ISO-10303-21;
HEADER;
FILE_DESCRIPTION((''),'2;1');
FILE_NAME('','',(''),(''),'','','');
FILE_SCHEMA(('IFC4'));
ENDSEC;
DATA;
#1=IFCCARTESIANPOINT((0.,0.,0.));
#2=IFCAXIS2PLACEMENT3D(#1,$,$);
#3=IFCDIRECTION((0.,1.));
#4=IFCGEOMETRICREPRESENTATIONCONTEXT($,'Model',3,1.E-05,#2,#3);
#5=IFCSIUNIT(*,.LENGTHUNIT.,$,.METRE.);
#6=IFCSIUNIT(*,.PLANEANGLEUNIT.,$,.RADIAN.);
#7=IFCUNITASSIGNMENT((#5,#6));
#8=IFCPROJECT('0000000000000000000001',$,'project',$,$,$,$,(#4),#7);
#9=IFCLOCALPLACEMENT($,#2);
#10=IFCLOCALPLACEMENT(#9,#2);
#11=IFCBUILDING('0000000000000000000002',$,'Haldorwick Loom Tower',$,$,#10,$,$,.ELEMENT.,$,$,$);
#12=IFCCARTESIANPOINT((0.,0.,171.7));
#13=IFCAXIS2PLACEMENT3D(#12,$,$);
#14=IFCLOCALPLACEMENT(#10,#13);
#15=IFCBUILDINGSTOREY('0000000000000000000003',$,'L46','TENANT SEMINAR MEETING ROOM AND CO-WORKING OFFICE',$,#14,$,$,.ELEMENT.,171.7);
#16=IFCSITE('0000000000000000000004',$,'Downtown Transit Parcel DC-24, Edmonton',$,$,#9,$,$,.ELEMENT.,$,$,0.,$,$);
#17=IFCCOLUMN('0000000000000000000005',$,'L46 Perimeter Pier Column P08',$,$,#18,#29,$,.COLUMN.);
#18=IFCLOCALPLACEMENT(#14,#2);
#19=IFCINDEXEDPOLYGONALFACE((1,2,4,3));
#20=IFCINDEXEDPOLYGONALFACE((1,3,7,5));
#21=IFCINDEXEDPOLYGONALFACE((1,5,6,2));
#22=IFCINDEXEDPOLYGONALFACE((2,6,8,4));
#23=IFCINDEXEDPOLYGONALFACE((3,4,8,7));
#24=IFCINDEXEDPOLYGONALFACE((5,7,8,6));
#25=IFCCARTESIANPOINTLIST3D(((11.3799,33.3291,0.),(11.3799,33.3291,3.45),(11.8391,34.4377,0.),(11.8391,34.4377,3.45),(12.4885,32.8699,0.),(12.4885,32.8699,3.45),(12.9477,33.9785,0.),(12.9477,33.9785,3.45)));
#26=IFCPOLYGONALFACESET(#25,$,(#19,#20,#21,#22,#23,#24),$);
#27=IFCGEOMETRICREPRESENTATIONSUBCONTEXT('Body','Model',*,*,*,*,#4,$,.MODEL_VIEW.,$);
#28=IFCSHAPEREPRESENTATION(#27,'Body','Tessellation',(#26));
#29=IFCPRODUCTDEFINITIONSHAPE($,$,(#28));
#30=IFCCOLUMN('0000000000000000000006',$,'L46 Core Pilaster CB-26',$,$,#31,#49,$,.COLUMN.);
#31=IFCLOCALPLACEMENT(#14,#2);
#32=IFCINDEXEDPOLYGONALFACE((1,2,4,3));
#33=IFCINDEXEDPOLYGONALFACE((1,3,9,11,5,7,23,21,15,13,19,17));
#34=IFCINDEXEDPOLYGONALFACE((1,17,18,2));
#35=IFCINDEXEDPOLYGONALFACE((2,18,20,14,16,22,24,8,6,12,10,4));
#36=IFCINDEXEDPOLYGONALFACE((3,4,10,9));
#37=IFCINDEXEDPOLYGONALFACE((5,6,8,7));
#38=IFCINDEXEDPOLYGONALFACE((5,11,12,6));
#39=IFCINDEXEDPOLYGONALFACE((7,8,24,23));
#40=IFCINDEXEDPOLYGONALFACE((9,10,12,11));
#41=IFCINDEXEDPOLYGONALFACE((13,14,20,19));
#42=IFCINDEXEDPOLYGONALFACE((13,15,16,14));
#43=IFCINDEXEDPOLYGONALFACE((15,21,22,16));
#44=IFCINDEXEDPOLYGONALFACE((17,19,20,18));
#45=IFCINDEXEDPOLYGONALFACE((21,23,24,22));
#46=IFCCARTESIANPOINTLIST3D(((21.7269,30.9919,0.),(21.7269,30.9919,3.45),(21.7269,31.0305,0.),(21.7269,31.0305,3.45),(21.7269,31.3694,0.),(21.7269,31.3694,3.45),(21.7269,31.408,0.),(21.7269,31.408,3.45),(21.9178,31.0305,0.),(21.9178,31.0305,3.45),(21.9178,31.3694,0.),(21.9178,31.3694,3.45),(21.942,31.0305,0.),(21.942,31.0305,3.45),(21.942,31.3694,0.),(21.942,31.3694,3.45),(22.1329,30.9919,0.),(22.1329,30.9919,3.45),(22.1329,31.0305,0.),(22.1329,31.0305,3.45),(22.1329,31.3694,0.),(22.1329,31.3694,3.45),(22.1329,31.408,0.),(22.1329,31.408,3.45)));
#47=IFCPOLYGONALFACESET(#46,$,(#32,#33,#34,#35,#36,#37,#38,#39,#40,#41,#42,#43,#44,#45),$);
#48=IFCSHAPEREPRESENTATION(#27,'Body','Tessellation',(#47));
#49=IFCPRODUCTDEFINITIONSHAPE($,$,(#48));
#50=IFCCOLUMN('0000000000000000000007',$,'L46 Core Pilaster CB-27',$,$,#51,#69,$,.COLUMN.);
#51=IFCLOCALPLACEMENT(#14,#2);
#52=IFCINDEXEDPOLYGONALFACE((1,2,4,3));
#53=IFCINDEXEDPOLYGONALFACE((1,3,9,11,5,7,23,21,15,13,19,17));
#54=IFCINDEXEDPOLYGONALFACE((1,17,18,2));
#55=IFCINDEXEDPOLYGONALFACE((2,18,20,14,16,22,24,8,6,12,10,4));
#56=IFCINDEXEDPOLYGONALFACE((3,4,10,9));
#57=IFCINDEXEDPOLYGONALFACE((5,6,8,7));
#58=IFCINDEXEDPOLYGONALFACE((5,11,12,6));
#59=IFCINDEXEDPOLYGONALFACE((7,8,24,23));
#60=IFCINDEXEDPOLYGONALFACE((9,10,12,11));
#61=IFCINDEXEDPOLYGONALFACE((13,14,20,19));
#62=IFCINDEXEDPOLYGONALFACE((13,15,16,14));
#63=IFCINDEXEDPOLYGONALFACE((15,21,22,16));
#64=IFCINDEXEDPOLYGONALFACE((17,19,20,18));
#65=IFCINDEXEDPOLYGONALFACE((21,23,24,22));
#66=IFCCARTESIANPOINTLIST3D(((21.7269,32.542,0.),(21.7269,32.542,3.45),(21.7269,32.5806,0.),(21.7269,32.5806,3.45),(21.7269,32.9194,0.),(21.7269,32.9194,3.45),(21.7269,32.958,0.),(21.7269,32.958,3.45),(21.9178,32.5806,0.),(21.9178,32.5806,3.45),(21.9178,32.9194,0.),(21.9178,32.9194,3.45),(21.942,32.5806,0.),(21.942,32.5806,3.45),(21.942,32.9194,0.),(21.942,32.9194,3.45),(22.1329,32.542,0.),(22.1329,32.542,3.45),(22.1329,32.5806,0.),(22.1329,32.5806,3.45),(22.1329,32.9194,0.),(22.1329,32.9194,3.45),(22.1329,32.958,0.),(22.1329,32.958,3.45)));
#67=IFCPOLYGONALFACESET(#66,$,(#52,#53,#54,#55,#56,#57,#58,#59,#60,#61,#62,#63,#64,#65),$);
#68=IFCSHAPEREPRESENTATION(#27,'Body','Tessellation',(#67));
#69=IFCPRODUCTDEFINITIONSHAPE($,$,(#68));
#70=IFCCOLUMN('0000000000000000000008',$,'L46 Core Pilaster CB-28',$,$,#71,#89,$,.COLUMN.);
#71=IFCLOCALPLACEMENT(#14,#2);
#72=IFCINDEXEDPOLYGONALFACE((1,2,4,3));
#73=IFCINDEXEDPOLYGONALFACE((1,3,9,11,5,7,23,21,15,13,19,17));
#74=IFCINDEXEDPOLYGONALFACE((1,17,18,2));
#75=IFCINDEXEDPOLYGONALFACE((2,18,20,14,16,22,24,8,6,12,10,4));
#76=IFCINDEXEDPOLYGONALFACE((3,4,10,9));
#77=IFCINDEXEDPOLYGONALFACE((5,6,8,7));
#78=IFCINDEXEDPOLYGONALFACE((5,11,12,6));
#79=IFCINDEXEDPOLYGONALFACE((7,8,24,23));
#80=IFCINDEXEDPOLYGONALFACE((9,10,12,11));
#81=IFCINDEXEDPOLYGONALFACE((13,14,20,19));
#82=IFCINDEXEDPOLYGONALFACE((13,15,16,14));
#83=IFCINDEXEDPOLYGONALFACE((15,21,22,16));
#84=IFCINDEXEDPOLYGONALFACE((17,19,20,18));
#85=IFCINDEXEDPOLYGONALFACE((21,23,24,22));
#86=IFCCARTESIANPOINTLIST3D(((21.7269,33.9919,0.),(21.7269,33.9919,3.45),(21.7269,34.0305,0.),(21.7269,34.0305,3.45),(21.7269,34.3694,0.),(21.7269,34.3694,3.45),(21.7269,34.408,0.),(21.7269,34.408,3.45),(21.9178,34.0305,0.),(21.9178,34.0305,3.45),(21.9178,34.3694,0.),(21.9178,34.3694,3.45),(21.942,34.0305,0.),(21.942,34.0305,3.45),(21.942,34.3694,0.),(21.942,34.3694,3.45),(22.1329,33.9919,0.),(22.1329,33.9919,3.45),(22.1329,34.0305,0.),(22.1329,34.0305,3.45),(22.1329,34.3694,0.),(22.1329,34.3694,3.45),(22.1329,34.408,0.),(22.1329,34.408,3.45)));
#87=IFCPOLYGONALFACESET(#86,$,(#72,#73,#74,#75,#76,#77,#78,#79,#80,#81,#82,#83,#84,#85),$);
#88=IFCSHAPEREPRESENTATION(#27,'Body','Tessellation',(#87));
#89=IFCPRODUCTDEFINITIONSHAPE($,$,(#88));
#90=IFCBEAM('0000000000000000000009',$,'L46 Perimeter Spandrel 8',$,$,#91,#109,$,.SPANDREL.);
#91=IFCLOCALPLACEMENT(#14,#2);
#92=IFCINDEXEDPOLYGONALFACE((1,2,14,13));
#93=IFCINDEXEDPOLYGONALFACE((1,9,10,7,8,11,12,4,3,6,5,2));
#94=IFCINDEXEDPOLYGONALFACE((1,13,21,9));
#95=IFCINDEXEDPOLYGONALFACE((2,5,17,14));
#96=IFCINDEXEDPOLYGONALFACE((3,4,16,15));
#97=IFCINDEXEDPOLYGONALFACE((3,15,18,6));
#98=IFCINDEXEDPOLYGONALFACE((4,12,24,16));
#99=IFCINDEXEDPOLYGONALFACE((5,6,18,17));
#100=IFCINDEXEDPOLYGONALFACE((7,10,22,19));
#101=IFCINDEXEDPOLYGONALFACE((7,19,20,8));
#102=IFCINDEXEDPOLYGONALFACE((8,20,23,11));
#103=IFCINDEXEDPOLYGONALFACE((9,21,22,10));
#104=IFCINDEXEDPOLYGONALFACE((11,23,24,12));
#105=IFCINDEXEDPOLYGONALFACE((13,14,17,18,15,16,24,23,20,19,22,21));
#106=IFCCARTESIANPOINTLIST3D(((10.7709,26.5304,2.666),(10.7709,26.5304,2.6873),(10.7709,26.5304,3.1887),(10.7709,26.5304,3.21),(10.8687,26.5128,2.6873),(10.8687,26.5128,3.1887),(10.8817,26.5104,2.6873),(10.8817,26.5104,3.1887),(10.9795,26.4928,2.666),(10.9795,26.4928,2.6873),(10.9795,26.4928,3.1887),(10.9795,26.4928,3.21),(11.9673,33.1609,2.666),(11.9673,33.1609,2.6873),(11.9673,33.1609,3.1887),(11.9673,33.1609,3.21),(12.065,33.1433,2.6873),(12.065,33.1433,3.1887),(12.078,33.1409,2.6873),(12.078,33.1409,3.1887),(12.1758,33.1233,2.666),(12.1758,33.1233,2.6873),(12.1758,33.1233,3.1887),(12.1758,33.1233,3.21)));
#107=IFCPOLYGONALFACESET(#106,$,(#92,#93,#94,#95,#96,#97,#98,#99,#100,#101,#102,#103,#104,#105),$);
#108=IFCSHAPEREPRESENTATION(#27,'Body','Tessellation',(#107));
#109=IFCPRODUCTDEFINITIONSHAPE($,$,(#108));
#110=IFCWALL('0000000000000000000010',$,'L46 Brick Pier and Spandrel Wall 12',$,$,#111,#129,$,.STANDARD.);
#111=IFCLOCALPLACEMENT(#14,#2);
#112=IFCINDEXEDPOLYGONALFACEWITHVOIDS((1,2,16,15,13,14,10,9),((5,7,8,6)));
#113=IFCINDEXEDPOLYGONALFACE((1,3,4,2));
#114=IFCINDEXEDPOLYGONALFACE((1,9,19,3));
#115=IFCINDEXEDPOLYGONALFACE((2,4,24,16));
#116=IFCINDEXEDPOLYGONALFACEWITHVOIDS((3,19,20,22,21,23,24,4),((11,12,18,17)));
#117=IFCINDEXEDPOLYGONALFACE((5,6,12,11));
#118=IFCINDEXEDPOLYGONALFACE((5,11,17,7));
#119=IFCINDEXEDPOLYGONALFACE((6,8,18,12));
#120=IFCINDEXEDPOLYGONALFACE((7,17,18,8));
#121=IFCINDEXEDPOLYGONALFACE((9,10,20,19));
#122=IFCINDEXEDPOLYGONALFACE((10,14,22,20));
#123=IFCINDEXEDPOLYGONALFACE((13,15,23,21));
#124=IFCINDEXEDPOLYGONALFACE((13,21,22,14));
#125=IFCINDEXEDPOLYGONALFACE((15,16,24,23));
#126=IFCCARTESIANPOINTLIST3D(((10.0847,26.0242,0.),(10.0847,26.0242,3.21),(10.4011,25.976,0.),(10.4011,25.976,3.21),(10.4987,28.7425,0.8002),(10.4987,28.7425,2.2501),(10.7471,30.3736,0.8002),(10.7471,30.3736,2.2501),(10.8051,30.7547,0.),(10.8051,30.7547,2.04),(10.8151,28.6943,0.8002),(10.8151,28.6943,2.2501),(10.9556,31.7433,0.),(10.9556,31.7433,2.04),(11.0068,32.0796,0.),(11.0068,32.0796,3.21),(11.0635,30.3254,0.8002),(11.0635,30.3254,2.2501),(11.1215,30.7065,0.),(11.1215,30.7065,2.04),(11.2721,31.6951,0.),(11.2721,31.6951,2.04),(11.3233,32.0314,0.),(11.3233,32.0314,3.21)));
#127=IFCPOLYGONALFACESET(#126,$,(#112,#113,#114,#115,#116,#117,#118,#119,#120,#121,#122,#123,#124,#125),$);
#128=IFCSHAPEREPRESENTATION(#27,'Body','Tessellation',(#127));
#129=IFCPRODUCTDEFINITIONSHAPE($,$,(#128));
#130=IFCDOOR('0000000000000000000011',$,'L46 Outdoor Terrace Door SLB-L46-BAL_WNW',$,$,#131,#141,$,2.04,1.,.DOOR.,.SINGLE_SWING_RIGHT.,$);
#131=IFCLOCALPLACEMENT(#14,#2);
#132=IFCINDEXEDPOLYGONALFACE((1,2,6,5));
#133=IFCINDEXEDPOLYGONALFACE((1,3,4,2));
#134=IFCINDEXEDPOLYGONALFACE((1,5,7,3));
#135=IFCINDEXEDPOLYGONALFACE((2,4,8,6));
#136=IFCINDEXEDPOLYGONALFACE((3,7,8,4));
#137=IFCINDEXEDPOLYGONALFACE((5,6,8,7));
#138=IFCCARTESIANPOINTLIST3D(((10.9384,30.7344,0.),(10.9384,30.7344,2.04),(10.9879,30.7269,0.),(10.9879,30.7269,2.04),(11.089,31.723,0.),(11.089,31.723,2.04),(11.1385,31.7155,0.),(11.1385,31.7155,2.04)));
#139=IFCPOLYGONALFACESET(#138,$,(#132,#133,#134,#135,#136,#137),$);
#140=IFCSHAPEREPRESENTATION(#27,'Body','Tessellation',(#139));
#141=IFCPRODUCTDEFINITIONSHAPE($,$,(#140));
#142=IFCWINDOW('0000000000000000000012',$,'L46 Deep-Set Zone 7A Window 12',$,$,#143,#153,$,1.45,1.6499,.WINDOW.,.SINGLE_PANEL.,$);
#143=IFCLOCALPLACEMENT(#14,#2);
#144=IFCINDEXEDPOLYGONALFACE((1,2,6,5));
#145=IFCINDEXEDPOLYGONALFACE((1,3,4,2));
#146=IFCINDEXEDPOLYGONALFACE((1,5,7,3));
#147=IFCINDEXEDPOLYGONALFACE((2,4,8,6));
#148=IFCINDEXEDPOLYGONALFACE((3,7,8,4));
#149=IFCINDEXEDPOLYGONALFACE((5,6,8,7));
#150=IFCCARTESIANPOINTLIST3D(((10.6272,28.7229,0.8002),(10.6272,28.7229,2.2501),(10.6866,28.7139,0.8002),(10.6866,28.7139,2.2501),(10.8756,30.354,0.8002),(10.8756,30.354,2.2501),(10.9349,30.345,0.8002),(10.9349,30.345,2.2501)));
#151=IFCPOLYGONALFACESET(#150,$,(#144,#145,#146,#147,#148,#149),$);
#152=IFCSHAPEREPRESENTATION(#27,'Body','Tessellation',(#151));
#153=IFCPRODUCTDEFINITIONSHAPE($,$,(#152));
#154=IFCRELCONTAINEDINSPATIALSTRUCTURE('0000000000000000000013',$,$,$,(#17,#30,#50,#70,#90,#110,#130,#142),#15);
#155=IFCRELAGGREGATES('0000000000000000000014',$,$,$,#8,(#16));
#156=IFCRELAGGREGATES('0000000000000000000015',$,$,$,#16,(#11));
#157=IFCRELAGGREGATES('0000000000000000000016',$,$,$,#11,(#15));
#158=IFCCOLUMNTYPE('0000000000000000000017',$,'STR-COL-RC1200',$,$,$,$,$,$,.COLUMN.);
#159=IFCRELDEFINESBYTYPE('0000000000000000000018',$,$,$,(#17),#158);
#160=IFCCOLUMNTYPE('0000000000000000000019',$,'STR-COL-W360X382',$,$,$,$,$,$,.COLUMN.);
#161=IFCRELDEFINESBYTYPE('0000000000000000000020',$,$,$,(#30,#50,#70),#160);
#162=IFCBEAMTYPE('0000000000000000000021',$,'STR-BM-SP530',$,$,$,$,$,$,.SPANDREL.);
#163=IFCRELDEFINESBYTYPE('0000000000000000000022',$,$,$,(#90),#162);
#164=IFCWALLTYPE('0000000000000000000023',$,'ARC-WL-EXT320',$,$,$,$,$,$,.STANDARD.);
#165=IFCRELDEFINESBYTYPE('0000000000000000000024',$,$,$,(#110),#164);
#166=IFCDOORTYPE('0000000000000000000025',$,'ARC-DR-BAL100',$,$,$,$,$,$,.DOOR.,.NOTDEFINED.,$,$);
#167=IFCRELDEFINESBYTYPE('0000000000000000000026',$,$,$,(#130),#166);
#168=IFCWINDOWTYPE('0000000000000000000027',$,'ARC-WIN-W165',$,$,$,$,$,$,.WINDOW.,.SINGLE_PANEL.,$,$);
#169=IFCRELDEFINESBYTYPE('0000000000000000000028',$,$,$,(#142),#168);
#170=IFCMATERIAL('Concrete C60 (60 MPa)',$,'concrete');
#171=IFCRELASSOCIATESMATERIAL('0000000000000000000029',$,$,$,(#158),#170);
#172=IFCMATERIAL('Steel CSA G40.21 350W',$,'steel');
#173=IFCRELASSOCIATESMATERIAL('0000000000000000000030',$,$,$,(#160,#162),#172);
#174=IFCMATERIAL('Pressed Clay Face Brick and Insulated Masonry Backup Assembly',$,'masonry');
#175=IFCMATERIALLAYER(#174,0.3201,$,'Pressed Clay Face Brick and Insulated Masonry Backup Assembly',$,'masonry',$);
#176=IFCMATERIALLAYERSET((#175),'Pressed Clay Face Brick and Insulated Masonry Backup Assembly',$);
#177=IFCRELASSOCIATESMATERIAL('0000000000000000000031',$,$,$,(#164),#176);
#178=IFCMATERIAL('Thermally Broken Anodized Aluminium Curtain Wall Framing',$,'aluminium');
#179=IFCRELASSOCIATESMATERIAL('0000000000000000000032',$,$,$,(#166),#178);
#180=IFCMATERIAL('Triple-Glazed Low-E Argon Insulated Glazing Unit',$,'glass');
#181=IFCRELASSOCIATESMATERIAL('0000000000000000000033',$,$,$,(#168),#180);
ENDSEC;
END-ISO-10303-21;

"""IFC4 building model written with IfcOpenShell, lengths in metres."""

from ifc_helpers import new_model, si_unit, direction, frame, frame_2d, origin, origin_2d, place, context, subcontext, project, spatial, rectangle, i_section, extrude, material, layer, layer_set, material_profile, profile_set, type_object, element, fill, save


model = new_model("IFC4")

# Units and contexts
model_context = context("Model", 3, precision=1e-05, world=origin(), true_north=direction((0.0, 1.0)))
body_context = subcontext(model_context, "Body", "Model", "MODEL_VIEW")
ifc_project = project(units=[si_unit("LENGTHUNIT", "METRE"), si_unit("PLANEANGLEUNIT", "RADIAN")], contexts=[model_context])

# Site, building, storey
site_placement = place(None, origin())
site = spatial("IfcSite", under=ifc_project, at=site_placement, Name="Downtown Transit Parcel DC-24, Edmonton", CompositionType="ELEMENT", RefElevation=0.0)
building_placement = place(site_placement, origin())
building = spatial("IfcBuilding", under=site, at=building_placement, Name="Haldorwick Loom Tower", CompositionType="ELEMENT")
storey_placement = place(building_placement, frame((0.0, 0.0, 171.7)))
storey = spatial("IfcBuildingStorey", under=building, at=storey_placement, Name="L46", Description="TENANT SEMINAR MEETING ROOM AND CO-WORKING OFFICE", CompositionType="ELEMENT", Elevation=171.7)

# Columns
ifc_material_1 = material(Name="Concrete C60 (60 MPa)", Category="concrete")
ifc_material_profile_1 = material_profile(ifc_material_1, rectangle(XDim=1.2, YDim=1.2, at=origin_2d()), Name="RC1200X1200", Category="concrete")
ifc_profile_set_1 = profile_set([ifc_material_profile_1], Name="Concrete C60 (60 MPa)")
column_type_1 = type_object("IfcColumnType", Name="STR-COL-RC1200", PredefinedType="COLUMN", material=ifc_profile_set_1)
column_placement = place(storey_placement, frame((12.1638, 33.6538, 0.0), z_axis=(0.0, 0.0, 1.0), x_axis=(-0.92388, 0.382683, 0.0)))
element("IfcColumn", 1, at=column_placement, inside=storey, type_object=column_type_1, Name="L46 Perimeter Pier Column P08", PredefinedType="COLUMN", context=body_context, shape_type="SweptSolid", body=[
    extrude(rectangle(XDim=1.2, YDim=1.2, at=origin_2d()), origin(), (0.0, 0.0, 1.0), 3.45),
])
ifc_material_2 = material(Name="Steel CSA G40.21 350W", Category="steel")
ifc_material_profile_2 = material_profile(ifc_material_2, i_section(OverallWidth=0.406, OverallDepth=0.416, WebThickness=0.0242, FlangeThickness=0.0386, at=origin_2d()), Name="W360X382", Category="steel")
ifc_profile_set_2 = profile_set([ifc_material_profile_2], Name="Steel CSA G40.21 350W")
column_type_2 = type_object("IfcColumnType", Name="STR-COL-W360X382", PredefinedType="COLUMN", material=ifc_profile_set_2)
for number, where, z_axis, x_axis, name in (
    (2, (21.9299, 31.2, 0.0), (0.0, 0.0, 1.0), (1.0, 0.0, 0.0), "L46 Core Pilaster CB-26"),
    (3, (21.9299, 32.75, 0.0), (0.0, 0.0, 1.0), (1.0, 0.0, 0.0), "L46 Core Pilaster CB-27"),
    (4, (21.9299, 34.2, 0.0), (0.0, 0.0, 1.0), (1.0, 0.0, 0.0), "L46 Core Pilaster CB-28"),
):
    element("IfcColumn", number, at=place(storey_placement, frame(where, z_axis=z_axis, x_axis=x_axis)), inside=storey, type_object=column_type_2, Name=name, PredefinedType="COLUMN", context=body_context, shape_type="SweptSolid", body=[
        extrude(i_section(OverallWidth=0.406, OverallDepth=0.416, WebThickness=0.0242, FlangeThickness=0.0386, at=origin_2d()), origin(), (0.0, 0.0, 1.0), 3.45),
    ])

# Beam
ifc_material_profile_3 = material_profile(ifc_material_2, i_section(OverallWidth=0.2119, OverallDepth=0.5439, WebThickness=0.0132, FlangeThickness=0.0212, at=origin_2d()), Name="W530X123", Category="steel")
ifc_profile_set_3 = profile_set([ifc_material_profile_3], Name="Steel CSA G40.21 350W")
beam_type = type_object("IfcBeamType", Name="STR-BM-SP530", PredefinedType="SPANDREL", material=ifc_profile_set_3)
beam_placement = place(storey_placement, frame((12.0715, 33.1421, 2.938), z_axis=(-0.177559, -0.98411, 0.0), x_axis=(0.98411, -0.177559, 0.0)))
element("IfcBeam", 5, at=beam_placement, inside=storey, type_object=beam_type, Name="L46 Perimeter Spandrel 8", PredefinedType="SPANDREL", context=body_context, shape_type="SweptSolid", body=[
    extrude(i_section(OverallWidth=0.2119, OverallDepth=0.5439, WebThickness=0.0132, FlangeThickness=0.0212, at=origin_2d()), origin(), (0.0, 0.0, 1.0), 6.7375),
])

# Wall, openings, door, window
ifc_material_3 = material(Name="Pressed Clay Face Brick and Insulated Masonry Backup Assembly", Category="masonry")
ifc_layer_1 = layer(ifc_material_3, 0.3201, Name="Pressed Clay Face Brick and Insulated Masonry Backup Assembly", Category="masonry")
ifc_layer_set_1 = layer_set([ifc_layer_1], Name="Pressed Clay Face Brick and Insulated Masonry Backup Assembly")
wall_type_1 = type_object("IfcWallType", Name="ARC-WL-EXT320", PredefinedType="STANDARD", material=ifc_layer_set_1)
wall_1_placement = place(storey_placement, frame((11.165, 32.0554, 0.0), z_axis=(0.0, 0.0, 1.0), x_axis=(-0.150544, -0.988603, 0.0)))
wall_1 = element("IfcWall", 6, at=wall_1_placement, inside=storey, type_object=wall_type_1, Name="L46 Brick Pier and Spandrel Wall 12", PredefinedType="STANDARD", context=body_context, shape_type="SweptSolid", body=[
    extrude(rectangle(XDim=6.1252, YDim=0.3201, at=frame_2d((3.0625, 0.0))), origin(), (0.0, 0.0, 1.0), 3.21),
])
opening_1_placement = place(wall_1_placement, frame((0.3401, 0.0, 0.0)))
opening_1 = element("IfcOpeningElement", 7, at=opening_1_placement, cuts=wall_1, PredefinedType="OPENING", context=body_context, shape_type="SweptSolid", body=[
    extrude(rectangle(XDim=1.0, YDim=2.04, at=frame_2d((0.5, 1.02))), frame((0.0, 0.1699, 0.0), z_axis=(0.0, -1.0, 0.0), x_axis=(1.0, 0.0, 0.0)), (0.0, 0.0, 1.0), 0.3401),
])
opening_2_placement = place(wall_1_placement, frame((1.7256, 0.0, 0.8)))
opening_2 = element("IfcOpeningElement", 8, at=opening_2_placement, cuts=wall_1, PredefinedType="OPENING", context=body_context, shape_type="SweptSolid", body=[
    extrude(rectangle(XDim=1.6499, YDim=1.45, at=frame_2d((0.825, 0.7251))), frame((0.0, 0.1699, 0.0), z_axis=(0.0, -1.0, 0.0), x_axis=(1.0, 0.0, 0.0)), (0.0, 0.0, 1.0), 0.3401),
])
ifc_material_4 = material(Name="Thermally Broken Anodized Aluminium Curtain Wall Framing", Category="aluminium")
door_type_1 = type_object("IfcDoorType", Name="ARC-DR-BAL100", OperationType="NOTDEFINED", PredefinedType="DOOR", material=ifc_material_4)
door_1_placement = place(opening_1_placement, origin())
door_1 = element("IfcDoor", 9, at=door_1_placement, inside=storey, type_object=door_type_1, Name="L46 Outdoor Terrace Door SLB-L46-BAL_WNW", OperationType="SINGLE_SWING_RIGHT", OverallHeight=2.04, OverallWidth=1.0, PredefinedType="DOOR", context=body_context, shape_type="SweptSolid", body=[
    extrude(rectangle(XDim=1.0, YDim=2.04, at=frame_2d((0.5, 1.02))), frame((0.0, 0.0249, 0.0), z_axis=(0.0, -1.0, 0.0), x_axis=(1.0, 0.0, 0.0)), (0.0, 0.0, 1.0), 0.05),
])
fill(opening_1, door_1)
ifc_material_5 = material(Name="Triple-Glazed Low-E Argon Insulated Glazing Unit", Category="glass")
window_type = type_object("IfcWindowType", Name="ARC-WIN-W165", PartitioningType="SINGLE_PANEL", PredefinedType="WINDOW", material=ifc_material_5)
window_placement = place(opening_2_placement, origin())
window = element("IfcWindow", 10, at=window_placement, inside=storey, type_object=window_type, Name="L46 Deep-Set Zone 7A Window 12", OverallHeight=1.45, OverallWidth=1.6499, PartitioningType="SINGLE_PANEL", PredefinedType="WINDOW", context=body_context, shape_type="SweptSolid", body=[
    extrude(rectangle(XDim=1.6499, YDim=1.45, at=frame_2d((0.825, 0.7251))), frame((0.0, 0.03, 0.0), z_axis=(0.0, -1.0, 0.0), x_axis=(1.0, 0.0, 0.0)), (0.0, 0.0, 1.0), 0.0601),
])
fill(opening_2, window)

save(model, "model.ifc")
